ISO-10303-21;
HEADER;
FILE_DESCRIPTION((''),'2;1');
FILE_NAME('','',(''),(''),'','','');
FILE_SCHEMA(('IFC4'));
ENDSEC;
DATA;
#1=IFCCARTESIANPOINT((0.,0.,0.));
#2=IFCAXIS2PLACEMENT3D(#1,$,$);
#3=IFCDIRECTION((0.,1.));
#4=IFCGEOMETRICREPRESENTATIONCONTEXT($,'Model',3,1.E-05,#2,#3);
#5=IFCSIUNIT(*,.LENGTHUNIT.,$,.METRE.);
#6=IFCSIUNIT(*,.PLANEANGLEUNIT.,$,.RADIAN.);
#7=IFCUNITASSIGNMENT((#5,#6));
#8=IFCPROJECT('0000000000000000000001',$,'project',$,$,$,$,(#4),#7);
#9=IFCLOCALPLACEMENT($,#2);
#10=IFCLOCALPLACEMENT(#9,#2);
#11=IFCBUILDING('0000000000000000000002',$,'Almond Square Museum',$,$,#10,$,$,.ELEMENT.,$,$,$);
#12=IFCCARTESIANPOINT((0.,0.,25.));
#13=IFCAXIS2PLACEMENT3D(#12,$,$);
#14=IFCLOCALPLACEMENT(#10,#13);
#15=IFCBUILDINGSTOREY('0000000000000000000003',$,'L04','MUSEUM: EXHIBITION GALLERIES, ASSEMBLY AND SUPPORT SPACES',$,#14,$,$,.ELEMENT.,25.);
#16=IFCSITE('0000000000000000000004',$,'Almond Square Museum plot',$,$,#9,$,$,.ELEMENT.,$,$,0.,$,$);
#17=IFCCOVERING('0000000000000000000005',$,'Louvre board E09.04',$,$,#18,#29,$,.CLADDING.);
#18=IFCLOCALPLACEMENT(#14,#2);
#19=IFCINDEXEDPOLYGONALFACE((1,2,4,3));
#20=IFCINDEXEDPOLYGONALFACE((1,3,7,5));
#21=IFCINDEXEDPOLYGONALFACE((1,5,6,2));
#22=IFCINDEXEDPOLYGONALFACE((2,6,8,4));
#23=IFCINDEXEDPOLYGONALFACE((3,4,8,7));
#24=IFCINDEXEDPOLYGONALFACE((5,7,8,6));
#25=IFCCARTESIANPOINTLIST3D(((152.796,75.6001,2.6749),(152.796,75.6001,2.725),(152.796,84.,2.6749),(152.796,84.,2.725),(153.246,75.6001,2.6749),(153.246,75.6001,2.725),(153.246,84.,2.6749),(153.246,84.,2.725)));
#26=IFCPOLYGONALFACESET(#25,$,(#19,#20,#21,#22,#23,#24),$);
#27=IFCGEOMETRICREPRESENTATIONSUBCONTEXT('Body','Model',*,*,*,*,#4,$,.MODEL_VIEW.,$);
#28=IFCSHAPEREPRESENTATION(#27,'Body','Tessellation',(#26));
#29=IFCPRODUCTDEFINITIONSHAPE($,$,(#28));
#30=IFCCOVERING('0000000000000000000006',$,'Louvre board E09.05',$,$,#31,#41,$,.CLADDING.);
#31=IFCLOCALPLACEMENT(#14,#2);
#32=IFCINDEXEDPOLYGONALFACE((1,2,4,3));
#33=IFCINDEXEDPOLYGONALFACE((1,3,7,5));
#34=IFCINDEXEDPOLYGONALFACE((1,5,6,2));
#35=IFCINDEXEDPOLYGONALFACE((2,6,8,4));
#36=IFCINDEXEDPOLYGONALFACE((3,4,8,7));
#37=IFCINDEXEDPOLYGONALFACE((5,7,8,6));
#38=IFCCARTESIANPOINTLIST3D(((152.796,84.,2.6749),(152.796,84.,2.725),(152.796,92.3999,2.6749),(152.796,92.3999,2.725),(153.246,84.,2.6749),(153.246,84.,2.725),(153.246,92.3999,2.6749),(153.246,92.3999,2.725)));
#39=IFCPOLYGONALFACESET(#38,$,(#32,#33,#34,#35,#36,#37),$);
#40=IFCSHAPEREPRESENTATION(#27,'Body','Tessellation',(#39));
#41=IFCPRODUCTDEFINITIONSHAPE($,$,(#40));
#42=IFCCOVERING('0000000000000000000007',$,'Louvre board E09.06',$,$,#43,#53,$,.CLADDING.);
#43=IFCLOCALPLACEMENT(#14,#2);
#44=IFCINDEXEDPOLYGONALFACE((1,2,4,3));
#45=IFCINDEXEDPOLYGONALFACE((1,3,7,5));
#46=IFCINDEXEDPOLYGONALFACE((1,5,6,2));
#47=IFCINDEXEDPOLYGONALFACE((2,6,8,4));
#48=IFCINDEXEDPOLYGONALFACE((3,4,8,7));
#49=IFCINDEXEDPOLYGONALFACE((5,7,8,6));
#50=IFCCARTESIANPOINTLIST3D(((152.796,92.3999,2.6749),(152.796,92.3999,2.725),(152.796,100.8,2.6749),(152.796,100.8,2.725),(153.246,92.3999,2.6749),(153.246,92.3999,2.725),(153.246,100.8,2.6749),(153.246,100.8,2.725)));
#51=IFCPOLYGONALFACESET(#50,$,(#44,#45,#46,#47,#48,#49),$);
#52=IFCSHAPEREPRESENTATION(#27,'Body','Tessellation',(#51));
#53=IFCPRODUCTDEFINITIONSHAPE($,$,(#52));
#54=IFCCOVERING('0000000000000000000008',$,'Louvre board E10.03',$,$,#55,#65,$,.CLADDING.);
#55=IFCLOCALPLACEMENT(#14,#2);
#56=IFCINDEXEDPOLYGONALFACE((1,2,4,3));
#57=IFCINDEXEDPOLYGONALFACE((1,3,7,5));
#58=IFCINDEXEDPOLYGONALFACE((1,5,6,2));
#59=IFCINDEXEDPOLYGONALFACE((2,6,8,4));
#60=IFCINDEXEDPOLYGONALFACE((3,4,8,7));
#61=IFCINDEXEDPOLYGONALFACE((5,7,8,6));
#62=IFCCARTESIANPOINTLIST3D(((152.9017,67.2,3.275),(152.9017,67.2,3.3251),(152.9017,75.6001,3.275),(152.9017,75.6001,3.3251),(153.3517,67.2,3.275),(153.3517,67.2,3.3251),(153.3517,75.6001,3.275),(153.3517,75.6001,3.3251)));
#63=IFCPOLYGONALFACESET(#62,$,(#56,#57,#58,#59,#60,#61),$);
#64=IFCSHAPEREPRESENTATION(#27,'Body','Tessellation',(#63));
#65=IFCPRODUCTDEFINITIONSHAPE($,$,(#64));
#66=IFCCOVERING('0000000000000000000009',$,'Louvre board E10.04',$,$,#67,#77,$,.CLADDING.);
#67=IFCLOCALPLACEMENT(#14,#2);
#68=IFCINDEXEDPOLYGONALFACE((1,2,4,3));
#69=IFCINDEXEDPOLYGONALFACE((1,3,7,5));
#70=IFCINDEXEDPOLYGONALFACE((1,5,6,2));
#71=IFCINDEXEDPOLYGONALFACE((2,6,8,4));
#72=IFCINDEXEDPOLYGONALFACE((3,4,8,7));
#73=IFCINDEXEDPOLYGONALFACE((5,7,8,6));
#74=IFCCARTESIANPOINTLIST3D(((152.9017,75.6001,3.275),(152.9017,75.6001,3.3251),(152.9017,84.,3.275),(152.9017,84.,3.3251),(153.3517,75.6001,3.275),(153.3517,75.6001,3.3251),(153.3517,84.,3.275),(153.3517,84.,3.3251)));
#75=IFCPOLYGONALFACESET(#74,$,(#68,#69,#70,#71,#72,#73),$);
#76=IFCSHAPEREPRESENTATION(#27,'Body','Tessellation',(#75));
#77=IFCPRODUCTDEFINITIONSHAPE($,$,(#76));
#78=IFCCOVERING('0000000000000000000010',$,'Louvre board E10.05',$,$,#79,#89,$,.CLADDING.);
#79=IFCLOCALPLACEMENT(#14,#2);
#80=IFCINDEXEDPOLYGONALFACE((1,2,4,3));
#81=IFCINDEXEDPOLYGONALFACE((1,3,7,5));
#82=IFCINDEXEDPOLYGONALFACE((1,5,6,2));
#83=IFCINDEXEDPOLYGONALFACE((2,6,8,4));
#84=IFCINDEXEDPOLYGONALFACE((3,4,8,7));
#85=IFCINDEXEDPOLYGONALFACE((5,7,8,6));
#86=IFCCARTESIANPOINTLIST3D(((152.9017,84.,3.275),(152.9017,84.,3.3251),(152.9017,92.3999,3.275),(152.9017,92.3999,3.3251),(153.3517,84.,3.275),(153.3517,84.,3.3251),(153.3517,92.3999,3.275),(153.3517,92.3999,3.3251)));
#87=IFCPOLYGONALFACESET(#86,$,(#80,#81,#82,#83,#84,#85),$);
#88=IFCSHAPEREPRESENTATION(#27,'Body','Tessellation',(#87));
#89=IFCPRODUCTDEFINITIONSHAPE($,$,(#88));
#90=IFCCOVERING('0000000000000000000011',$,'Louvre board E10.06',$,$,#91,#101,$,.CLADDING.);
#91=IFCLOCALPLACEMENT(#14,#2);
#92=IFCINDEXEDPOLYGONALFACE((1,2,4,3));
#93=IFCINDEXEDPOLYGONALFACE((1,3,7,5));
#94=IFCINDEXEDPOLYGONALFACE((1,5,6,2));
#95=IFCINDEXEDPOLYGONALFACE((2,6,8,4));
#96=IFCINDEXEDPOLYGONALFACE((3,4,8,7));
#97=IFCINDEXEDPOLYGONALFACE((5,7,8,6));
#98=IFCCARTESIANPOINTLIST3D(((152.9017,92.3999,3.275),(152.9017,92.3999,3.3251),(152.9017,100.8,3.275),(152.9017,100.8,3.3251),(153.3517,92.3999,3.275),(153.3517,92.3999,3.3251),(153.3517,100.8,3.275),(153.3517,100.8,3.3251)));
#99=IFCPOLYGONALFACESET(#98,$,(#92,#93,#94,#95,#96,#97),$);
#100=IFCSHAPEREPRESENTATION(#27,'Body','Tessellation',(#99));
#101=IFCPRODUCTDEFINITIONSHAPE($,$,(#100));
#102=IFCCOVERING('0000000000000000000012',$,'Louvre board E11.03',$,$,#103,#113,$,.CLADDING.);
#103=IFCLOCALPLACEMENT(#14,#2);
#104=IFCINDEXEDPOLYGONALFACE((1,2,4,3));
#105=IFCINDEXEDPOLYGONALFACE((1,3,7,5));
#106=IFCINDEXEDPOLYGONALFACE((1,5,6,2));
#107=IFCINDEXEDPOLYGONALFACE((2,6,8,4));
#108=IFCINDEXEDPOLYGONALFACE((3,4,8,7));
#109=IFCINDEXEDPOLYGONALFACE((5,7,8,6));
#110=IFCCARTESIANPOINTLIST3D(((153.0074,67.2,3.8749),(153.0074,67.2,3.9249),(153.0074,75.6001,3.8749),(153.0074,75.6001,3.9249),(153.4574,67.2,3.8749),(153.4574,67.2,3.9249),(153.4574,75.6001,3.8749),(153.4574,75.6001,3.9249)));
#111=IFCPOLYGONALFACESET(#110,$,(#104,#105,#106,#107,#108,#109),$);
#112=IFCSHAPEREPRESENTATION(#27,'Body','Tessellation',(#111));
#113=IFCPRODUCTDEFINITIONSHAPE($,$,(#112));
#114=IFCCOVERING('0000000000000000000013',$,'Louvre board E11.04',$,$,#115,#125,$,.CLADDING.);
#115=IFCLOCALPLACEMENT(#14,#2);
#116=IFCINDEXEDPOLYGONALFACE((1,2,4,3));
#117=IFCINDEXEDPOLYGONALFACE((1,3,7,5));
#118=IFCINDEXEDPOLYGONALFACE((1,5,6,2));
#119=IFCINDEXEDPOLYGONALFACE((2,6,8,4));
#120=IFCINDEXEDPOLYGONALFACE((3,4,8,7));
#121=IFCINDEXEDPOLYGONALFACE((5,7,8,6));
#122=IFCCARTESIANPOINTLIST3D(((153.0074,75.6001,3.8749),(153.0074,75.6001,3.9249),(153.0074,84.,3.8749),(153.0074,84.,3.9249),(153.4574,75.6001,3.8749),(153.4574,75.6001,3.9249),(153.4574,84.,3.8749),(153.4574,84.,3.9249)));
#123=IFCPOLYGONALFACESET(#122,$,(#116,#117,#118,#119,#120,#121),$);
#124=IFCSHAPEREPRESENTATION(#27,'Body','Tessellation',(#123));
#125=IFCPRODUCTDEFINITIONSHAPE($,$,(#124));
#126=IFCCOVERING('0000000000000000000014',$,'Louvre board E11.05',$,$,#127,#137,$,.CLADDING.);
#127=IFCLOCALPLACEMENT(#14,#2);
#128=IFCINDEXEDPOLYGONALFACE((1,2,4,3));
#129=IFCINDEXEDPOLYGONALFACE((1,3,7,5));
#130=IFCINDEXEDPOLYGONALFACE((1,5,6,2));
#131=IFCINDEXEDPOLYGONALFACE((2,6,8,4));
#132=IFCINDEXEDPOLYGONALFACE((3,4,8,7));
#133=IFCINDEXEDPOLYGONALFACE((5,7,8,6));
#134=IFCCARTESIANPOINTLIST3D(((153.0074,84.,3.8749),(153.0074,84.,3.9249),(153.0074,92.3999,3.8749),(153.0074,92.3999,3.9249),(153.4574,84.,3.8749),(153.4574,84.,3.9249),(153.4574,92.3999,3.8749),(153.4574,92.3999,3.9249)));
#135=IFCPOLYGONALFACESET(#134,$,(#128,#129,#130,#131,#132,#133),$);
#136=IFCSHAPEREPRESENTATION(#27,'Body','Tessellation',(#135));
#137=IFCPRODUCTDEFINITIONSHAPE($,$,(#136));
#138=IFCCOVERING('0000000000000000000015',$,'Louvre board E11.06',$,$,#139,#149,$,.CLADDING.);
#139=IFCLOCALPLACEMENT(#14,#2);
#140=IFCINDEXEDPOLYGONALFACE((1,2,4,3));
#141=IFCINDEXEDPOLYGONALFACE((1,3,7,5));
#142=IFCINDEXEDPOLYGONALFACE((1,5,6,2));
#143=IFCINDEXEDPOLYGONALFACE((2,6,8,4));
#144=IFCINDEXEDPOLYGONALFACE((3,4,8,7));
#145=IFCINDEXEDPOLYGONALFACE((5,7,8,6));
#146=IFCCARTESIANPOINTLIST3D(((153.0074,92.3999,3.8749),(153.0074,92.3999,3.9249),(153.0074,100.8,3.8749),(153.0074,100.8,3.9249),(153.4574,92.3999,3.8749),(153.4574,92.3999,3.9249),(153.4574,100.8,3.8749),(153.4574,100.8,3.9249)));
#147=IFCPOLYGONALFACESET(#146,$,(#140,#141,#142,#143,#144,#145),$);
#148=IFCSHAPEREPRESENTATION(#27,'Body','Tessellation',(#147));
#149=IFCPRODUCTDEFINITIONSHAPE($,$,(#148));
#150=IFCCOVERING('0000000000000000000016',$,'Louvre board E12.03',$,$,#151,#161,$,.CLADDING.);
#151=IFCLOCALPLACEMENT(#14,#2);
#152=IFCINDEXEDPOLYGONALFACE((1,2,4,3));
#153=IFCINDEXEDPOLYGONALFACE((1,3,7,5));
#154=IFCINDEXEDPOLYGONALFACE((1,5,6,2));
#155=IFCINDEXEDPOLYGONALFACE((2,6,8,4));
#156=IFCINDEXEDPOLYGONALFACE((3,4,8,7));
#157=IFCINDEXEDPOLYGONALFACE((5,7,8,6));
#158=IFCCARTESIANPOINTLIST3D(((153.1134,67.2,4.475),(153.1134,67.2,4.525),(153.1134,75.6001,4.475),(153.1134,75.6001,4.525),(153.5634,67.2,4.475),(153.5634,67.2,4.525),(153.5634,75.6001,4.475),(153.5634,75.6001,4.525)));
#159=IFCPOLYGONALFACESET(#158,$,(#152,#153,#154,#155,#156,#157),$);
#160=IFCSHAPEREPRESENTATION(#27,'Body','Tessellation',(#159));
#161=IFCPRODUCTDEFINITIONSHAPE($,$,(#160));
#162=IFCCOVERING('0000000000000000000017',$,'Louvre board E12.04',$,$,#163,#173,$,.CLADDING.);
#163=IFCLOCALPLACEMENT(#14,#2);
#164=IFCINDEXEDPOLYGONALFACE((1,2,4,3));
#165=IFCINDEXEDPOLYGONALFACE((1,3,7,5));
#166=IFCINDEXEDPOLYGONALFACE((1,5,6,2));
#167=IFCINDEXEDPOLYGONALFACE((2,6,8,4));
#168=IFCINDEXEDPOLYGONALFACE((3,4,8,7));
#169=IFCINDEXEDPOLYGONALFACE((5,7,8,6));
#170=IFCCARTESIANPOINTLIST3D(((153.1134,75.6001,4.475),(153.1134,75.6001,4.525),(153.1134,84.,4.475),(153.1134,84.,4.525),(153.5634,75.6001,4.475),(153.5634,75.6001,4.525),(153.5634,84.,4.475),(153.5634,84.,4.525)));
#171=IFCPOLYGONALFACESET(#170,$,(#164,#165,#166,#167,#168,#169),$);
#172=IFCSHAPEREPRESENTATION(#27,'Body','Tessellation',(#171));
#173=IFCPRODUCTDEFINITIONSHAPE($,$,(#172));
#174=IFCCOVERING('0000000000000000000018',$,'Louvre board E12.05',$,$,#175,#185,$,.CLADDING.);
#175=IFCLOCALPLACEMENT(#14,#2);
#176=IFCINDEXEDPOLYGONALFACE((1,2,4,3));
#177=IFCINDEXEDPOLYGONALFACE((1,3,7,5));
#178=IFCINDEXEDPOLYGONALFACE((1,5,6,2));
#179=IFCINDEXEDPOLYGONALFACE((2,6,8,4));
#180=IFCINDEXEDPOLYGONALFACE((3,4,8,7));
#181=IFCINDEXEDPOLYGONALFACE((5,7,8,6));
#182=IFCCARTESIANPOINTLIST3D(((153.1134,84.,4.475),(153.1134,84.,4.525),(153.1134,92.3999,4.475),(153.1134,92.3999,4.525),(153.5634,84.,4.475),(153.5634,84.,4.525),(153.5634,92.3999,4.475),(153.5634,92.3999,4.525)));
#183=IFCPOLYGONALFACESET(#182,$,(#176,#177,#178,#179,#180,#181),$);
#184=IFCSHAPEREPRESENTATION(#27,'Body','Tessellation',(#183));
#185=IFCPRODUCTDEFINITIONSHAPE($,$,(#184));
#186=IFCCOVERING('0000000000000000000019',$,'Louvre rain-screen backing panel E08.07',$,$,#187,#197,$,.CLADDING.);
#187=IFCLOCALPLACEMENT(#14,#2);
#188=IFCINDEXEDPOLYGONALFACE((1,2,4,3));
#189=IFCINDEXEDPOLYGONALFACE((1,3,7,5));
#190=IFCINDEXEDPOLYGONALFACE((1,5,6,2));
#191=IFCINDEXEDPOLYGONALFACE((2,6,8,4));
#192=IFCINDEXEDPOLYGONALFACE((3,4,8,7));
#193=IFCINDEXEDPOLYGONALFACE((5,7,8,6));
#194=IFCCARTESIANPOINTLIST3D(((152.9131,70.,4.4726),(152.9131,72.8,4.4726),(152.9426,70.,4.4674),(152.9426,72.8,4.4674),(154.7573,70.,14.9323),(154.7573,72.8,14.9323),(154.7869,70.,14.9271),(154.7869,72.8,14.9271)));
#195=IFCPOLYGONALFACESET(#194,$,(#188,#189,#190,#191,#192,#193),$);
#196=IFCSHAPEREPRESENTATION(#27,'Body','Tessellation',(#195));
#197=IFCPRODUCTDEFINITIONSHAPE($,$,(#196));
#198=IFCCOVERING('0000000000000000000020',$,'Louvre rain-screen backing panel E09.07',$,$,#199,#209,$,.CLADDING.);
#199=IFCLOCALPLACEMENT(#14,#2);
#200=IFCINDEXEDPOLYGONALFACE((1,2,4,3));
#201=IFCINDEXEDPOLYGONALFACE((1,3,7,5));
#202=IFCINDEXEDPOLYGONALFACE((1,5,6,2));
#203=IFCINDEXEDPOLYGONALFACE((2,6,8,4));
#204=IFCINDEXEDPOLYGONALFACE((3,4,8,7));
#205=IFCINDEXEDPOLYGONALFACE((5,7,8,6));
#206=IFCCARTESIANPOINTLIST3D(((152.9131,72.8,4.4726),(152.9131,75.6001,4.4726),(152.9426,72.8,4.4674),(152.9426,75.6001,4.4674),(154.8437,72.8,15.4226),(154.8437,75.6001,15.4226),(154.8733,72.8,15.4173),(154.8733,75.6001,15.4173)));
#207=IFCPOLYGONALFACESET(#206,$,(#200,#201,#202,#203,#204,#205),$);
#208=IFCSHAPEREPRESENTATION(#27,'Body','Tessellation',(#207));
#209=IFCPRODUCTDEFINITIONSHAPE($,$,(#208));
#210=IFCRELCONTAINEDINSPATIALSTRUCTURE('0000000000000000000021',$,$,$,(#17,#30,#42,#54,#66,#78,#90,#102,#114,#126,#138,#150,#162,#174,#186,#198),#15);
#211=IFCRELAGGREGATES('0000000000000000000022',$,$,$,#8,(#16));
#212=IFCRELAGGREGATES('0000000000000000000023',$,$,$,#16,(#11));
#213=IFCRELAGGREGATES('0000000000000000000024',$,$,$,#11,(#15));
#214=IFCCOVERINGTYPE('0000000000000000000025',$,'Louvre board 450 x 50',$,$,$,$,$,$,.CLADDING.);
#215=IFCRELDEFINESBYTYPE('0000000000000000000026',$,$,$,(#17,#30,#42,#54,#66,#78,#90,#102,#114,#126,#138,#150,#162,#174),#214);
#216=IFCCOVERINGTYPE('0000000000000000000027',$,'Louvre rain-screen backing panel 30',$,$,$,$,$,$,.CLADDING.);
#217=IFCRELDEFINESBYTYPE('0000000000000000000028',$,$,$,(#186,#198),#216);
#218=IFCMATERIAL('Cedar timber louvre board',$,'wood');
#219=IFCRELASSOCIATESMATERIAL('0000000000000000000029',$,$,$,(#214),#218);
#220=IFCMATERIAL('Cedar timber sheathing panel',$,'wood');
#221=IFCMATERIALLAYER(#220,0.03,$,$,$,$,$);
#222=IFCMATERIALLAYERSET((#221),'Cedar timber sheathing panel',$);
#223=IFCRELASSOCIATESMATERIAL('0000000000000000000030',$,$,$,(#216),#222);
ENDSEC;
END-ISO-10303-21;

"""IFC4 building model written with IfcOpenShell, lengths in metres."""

from ifc_helpers import new_model, si_unit, direction, frame, origin, origin_2d, place, context, subcontext, project, spatial, polyline, rectangle, outline, extrude, material, layer, layer_set, material_profile, profile_set, type_object, element, save


model = new_model("IFC4")

# Units and contexts
model_context = context("Model", 3, precision=1e-05, world=origin(), true_north=direction((0.0, 1.0)))
body_context = subcontext(model_context, "Body", "Model", "MODEL_VIEW")
ifc_project = project(units=[si_unit("LENGTHUNIT", "METRE"), si_unit("PLANEANGLEUNIT", "RADIAN")], contexts=[model_context])

# Site, building, storey
site_placement = place(None, origin())
site = spatial("IfcSite", under=ifc_project, at=site_placement, Name="Almond Square Museum plot", CompositionType="ELEMENT", RefElevation=0.0)
building_placement = place(site_placement, origin())
building = spatial("IfcBuilding", under=site, at=building_placement, Name="Almond Square Museum", CompositionType="ELEMENT")
storey_placement = place(building_placement, frame((0.0, 0.0, 25.0)))
storey = spatial("IfcBuildingStorey", under=building, at=storey_placement, Name="L04", Description="MUSEUM: EXHIBITION GALLERIES, ASSEMBLY AND SUPPORT SPACES", CompositionType="ELEMENT", Elevation=25.0)

# Coverings
ifc_material_1 = material(Name="Cedar timber louvre board", Category="wood")
ifc_material_profile_1 = material_profile(ifc_material_1, rectangle(XDim=0.45, YDim=0.05, at=origin_2d()))
ifc_profile_set_1 = profile_set([ifc_material_profile_1], Name="Cedar timber louvre board")
covering_type_1 = type_object("IfcCoveringType", Name="Louvre board 450 x 50", PredefinedType="CLADDING", material=ifc_profile_set_1)
for number, where, z_axis, x_axis, name in (
    (1, (153.021, 75.6001, 2.7), (0.0, 1.0, 0.0), (-1.0, 0.0, 0.0), "Louvre board E09.04"),
    (2, (153.021, 84.0, 2.7), (0.0, 1.0, 0.0), (-1.0, 0.0, 0.0), "Louvre board E09.05"),
):
    element("IfcCovering", number, at=place(storey_placement, frame(where, z_axis=z_axis, x_axis=x_axis)), inside=storey, type_object=covering_type_1, Name=name, PredefinedType="CLADDING", context=body_context, shape_type="SweptSolid", body=[
        extrude(rectangle(XDim=0.45, YDim=0.05, at=origin_2d()), origin(), (0.0, 0.0, 1.0), 8.3999),
    ])
for number, where, z_axis, x_axis, name in (
    (3, (153.021, 92.3999, 2.7), (0.0, 1.0, 0.0), (-1.0, 0.0, 0.0), "Louvre board E09.06"),
    (4, (153.1267, 67.2, 3.3), (0.0, 1.0, 0.0), (-1.0, 0.0, 0.0), "Louvre board E10.03"),
):
    element("IfcCovering", number, at=place(storey_placement, frame(where, z_axis=z_axis, x_axis=x_axis)), inside=storey, type_object=covering_type_1, Name=name, PredefinedType="CLADDING", context=body_context, shape_type="SweptSolid", body=[
        extrude(rectangle(XDim=0.45, YDim=0.05, at=origin_2d()), origin(), (0.0, 0.0, 1.0), 8.4001),
    ])
for number, where, z_axis, x_axis, name in (
    (5, (153.1267, 75.6001, 3.3), (0.0, 1.0, 0.0), (-1.0, 0.0, 0.0), "Louvre board E10.04"),
    (6, (153.1267, 84.0, 3.3), (0.0, 1.0, 0.0), (-1.0, 0.0, 0.0), "Louvre board E10.05"),
):
    element("IfcCovering", number, at=place(storey_placement, frame(where, z_axis=z_axis, x_axis=x_axis)), inside=storey, type_object=covering_type_1, Name=name, PredefinedType="CLADDING", context=body_context, shape_type="SweptSolid", body=[
        extrude(rectangle(XDim=0.45, YDim=0.05, at=origin_2d()), origin(), (0.0, 0.0, 1.0), 8.3999),
    ])
for number, where, z_axis, x_axis, name in (
    (7, (153.1267, 92.3999, 3.3), (0.0, 1.0, 0.0), (-1.0, 0.0, 0.0), "Louvre board E10.06"),
    (8, (153.2324, 67.2, 3.8999), (0.0, 1.0, 0.0), (-1.0, 0.0, 0.0), "Louvre board E11.03"),
):
    element("IfcCovering", number, at=place(storey_placement, frame(where, z_axis=z_axis, x_axis=x_axis)), inside=storey, type_object=covering_type_1, Name=name, PredefinedType="CLADDING", context=body_context, shape_type="SweptSolid", body=[
        extrude(rectangle(XDim=0.45, YDim=0.05, at=origin_2d()), origin(), (0.0, 0.0, 1.0), 8.4001),
    ])
for number, where, z_axis, x_axis, name in (
    (9, (153.2324, 75.6001, 3.8999), (0.0, 1.0, 0.0), (-1.0, 0.0, 0.0), "Louvre board E11.04"),
    (10, (153.2324, 84.0, 3.8999), (0.0, 1.0, 0.0), (-1.0, 0.0, 0.0), "Louvre board E11.05"),
):
    element("IfcCovering", number, at=place(storey_placement, frame(where, z_axis=z_axis, x_axis=x_axis)), inside=storey, type_object=covering_type_1, Name=name, PredefinedType="CLADDING", context=body_context, shape_type="SweptSolid", body=[
        extrude(rectangle(XDim=0.45, YDim=0.05, at=origin_2d()), origin(), (0.0, 0.0, 1.0), 8.3999),
    ])
for number, where, z_axis, x_axis, name in (
    (11, (153.2324, 92.3999, 3.8999), (0.0, 1.0, 0.0), (-1.0, 0.0, 0.0), "Louvre board E11.06"),
    (12, (153.3384, 67.2, 4.5), (0.0, 1.0, 0.0), (-1.0, 0.0, 0.0), "Louvre board E12.03"),
):
    element("IfcCovering", number, at=place(storey_placement, frame(where, z_axis=z_axis, x_axis=x_axis)), inside=storey, type_object=covering_type_1, Name=name, PredefinedType="CLADDING", context=body_context, shape_type="SweptSolid", body=[
        extrude(rectangle(XDim=0.45, YDim=0.05, at=origin_2d()), origin(), (0.0, 0.0, 1.0), 8.4001),
    ])
for number, where, z_axis, x_axis, name in (
    (13, (153.3384, 75.6001, 4.5), (0.0, 1.0, 0.0), (-1.0, 0.0, 0.0), "Louvre board E12.04"),
    (14, (153.3384, 84.0, 4.5), (0.0, 1.0, 0.0), (-1.0, 0.0, 0.0), "Louvre board E12.05"),
):
    element("IfcCovering", number, at=place(storey_placement, frame(where, z_axis=z_axis, x_axis=x_axis)), inside=storey, type_object=covering_type_1, Name=name, PredefinedType="CLADDING", context=body_context, shape_type="SweptSolid", body=[
        extrude(rectangle(XDim=0.45, YDim=0.05, at=origin_2d()), origin(), (0.0, 0.0, 1.0), 8.3999),
    ])
ifc_material_2 = material(Name="Cedar timber sheathing panel", Category="wood")
ifc_layer_1 = layer(ifc_material_2, 0.03)
ifc_layer_set_1 = layer_set([ifc_layer_1], Name="Cedar timber sheathing panel")
covering_type_2 = type_object("IfcCoveringType", Name="Louvre rain-screen backing panel 30", PredefinedType="CLADDING", material=ifc_layer_set_1)
covering_1_placement = place(storey_placement, frame((152.928, 70.0, 4.47), z_axis=(0.984809, 0.0, -0.17364), x_axis=(0.0, 1.0, 0.0)))
element("IfcCovering", 15, at=covering_1_placement, inside=storey, type_object=covering_type_2, Name="Louvre rain-screen backing panel E08.07", PredefinedType="CLADDING", context=body_context, shape_type="SweptSolid", body=[
    extrude(outline(polyline([(0.0, 0.0), (2.8, 0.0), (2.8, 10.6211), (0.0, 10.6211), (0.0, 0.0)])), frame((0.0, 0.0, -0.0151)), (0.0, 0.0, 1.0), 0.03),
])
covering_2_placement = place(storey_placement, frame((152.928, 72.8, 4.47), z_axis=(0.984809, 0.0, -0.173639), x_axis=(0.0, 1.0, 0.0)))
element("IfcCovering", 16, at=covering_2_placement, inside=storey, type_object=covering_type_2, Name="Louvre rain-screen backing panel E09.07", PredefinedType="CLADDING", context=body_context, shape_type="SweptSolid", body=[
    extrude(outline(polyline([(0.0, 0.0), (2.8, 0.0), (2.8, 11.1189), (0.0, 11.1189), (0.0, 0.0)])), frame((0.0, 0.0, -0.0151)), (0.0, 0.0, 1.0), 0.03),
])

save(model, "model.ifc")
